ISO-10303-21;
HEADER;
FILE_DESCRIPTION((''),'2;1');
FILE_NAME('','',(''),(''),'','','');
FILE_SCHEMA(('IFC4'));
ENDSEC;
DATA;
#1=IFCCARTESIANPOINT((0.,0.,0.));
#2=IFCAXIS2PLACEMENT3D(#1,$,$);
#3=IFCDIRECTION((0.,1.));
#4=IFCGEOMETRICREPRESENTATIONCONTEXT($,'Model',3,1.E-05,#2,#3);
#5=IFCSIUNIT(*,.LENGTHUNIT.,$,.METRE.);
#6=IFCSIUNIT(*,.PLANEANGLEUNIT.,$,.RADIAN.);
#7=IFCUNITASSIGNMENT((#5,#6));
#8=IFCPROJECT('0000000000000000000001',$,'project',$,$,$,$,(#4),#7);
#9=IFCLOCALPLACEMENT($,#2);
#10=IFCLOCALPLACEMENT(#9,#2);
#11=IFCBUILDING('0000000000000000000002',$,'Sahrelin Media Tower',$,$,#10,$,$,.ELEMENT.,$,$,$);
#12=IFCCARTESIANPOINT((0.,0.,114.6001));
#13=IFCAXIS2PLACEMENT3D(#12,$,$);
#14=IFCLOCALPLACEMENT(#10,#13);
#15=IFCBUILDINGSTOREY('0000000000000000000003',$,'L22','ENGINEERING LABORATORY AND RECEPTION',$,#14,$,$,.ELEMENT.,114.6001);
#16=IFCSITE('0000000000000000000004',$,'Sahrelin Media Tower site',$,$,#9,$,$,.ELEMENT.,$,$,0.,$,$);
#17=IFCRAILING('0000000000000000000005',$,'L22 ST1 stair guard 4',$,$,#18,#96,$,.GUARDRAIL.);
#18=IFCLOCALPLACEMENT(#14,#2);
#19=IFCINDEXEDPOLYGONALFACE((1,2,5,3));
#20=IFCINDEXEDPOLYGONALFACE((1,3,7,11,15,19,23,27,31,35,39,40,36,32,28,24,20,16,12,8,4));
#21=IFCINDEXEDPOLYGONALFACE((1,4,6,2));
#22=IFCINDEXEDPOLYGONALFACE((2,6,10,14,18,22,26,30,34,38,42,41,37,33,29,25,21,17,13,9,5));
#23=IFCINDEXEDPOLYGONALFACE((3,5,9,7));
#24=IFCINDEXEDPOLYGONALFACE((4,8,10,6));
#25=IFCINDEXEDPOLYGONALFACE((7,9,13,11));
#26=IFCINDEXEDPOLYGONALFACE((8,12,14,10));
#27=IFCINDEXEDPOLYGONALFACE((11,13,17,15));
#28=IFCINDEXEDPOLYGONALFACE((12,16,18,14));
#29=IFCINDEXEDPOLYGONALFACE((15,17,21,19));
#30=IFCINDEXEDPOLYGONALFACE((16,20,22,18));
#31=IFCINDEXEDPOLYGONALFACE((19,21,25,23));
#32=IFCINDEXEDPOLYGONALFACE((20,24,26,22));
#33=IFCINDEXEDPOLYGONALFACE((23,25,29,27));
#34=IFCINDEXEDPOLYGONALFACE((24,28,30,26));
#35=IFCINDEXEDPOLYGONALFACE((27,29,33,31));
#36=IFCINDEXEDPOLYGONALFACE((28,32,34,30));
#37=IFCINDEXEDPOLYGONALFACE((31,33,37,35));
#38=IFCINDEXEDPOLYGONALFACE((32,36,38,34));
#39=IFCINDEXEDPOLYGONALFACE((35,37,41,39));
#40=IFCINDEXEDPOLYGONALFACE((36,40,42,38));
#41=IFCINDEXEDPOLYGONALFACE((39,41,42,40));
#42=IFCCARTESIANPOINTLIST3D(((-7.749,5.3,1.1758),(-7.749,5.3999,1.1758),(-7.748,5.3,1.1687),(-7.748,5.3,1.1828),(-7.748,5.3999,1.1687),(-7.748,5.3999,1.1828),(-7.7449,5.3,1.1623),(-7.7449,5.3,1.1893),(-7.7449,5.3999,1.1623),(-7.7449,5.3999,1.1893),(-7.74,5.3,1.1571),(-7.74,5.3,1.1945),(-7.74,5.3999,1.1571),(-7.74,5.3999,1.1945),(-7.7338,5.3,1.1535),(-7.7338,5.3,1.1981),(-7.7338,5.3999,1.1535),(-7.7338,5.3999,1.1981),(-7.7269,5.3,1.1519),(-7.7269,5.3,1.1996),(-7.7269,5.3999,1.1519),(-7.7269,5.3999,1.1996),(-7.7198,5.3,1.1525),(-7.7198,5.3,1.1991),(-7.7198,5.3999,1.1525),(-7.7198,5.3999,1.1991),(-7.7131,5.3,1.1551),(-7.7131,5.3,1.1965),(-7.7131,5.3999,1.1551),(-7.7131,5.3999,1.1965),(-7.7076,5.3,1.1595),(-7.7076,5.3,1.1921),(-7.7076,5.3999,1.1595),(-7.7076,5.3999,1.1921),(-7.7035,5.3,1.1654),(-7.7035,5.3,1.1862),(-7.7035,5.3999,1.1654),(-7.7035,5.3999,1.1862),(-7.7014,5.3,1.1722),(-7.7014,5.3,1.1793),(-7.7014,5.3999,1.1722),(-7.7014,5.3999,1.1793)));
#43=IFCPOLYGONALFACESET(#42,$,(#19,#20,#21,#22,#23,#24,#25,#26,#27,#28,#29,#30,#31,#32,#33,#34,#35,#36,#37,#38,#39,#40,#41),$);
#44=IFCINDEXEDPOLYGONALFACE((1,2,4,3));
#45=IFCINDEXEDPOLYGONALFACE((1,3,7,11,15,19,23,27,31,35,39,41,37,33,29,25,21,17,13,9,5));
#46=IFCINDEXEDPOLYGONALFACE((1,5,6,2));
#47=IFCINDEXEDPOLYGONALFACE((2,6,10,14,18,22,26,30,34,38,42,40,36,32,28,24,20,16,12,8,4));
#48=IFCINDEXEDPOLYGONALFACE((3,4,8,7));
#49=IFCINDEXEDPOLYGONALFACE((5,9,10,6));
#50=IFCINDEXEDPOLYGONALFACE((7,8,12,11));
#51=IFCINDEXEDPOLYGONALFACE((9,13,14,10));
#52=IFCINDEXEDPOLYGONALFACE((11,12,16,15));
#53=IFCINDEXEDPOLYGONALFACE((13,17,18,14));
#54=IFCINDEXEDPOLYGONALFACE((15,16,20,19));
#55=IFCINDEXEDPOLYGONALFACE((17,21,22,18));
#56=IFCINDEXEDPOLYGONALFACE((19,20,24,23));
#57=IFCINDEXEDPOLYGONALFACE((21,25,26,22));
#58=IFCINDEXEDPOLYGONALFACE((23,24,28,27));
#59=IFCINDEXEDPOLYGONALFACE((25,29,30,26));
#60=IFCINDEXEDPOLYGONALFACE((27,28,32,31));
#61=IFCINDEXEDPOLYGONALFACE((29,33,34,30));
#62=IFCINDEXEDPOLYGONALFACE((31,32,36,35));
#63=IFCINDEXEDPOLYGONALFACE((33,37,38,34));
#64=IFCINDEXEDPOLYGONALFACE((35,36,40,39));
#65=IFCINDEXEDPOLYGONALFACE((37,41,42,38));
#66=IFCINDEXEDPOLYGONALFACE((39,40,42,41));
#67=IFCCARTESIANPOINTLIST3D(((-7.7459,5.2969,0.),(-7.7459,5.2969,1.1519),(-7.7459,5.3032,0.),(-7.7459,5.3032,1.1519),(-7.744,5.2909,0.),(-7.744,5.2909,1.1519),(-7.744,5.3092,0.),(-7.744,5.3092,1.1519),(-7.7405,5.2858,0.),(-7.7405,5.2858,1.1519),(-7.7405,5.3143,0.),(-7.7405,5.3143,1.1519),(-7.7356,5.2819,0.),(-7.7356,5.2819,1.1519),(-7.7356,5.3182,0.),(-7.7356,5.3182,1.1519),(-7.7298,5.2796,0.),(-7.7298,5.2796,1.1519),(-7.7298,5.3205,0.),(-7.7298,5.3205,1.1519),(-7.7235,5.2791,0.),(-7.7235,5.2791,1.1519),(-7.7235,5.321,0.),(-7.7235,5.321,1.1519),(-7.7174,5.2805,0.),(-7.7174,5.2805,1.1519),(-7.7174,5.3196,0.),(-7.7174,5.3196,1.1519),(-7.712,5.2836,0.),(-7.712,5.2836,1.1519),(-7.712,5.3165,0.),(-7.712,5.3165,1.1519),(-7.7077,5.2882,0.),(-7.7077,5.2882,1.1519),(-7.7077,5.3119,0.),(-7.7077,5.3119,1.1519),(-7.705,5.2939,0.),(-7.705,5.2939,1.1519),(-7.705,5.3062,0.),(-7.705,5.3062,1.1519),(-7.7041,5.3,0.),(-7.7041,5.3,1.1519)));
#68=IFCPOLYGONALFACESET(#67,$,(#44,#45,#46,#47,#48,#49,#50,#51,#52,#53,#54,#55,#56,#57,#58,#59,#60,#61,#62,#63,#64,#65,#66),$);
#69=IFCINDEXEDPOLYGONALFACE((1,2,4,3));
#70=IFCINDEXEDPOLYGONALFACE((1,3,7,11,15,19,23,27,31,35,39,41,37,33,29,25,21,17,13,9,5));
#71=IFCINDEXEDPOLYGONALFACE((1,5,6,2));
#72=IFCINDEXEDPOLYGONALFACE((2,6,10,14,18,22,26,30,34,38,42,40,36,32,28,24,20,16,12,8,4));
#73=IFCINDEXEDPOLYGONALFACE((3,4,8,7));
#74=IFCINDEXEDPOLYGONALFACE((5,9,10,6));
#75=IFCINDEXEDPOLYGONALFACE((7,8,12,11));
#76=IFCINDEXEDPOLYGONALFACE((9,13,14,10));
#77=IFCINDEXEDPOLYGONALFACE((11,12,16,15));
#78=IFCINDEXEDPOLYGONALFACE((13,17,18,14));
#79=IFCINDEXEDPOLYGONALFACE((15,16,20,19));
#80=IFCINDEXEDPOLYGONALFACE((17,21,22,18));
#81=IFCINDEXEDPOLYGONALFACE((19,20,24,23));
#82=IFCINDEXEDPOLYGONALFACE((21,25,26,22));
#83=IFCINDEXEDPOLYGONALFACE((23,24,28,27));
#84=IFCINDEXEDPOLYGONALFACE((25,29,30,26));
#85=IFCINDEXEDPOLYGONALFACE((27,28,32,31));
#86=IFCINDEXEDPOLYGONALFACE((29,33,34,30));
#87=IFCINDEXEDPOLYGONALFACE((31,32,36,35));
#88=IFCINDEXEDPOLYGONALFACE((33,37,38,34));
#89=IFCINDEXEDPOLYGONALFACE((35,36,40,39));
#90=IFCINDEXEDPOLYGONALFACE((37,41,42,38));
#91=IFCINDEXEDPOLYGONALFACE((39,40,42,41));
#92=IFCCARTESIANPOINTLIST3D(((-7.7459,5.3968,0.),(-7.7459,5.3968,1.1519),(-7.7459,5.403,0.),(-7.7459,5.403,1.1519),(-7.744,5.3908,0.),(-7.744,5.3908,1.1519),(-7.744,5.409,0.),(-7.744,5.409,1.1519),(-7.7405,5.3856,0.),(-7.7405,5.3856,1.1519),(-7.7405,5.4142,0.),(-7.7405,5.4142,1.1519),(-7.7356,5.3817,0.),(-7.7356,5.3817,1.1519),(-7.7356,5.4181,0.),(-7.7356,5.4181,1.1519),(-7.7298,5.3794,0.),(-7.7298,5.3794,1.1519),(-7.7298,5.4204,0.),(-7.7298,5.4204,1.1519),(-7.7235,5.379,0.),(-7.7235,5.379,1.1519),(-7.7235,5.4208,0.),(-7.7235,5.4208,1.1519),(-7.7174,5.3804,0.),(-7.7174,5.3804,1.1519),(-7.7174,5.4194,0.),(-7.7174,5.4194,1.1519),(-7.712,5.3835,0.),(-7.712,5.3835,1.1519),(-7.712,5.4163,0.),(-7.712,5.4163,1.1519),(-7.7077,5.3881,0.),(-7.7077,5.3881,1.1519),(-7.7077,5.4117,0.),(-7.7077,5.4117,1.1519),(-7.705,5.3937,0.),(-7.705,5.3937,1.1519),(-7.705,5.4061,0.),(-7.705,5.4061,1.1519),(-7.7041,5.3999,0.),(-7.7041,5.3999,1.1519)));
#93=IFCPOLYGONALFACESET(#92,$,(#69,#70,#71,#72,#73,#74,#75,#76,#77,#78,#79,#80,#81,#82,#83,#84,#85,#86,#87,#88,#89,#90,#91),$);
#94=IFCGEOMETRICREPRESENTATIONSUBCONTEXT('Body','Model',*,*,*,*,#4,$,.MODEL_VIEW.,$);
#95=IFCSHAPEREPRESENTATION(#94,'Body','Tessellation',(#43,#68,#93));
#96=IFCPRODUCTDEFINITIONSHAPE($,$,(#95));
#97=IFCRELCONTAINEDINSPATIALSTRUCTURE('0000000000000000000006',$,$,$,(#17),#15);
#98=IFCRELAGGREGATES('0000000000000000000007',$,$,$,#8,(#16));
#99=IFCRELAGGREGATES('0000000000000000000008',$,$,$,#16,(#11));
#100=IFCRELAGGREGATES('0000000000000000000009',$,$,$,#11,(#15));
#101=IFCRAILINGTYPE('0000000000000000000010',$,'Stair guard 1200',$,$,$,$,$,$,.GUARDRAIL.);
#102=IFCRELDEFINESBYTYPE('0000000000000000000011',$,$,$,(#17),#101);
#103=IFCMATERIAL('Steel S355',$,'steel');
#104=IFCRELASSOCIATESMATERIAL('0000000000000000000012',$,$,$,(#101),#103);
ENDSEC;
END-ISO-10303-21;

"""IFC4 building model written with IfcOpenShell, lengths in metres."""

from ifc_helpers import new_model, si_unit, direction, frame, origin, origin_2d, place, context, subcontext, project, spatial, circle, extrude, material, type_object, element, save


model = new_model("IFC4")

# Units and contexts
model_context = context("Model", 3, precision=1e-05, world=origin(), true_north=direction((0.0, 1.0)))
body_context = subcontext(model_context, "Body", "Model", "MODEL_VIEW")
ifc_project = project(units=[si_unit("LENGTHUNIT", "METRE"), si_unit("PLANEANGLEUNIT", "RADIAN")], contexts=[model_context])

# Site, building, storey
site_placement = place(None, origin())
site = spatial("IfcSite", under=ifc_project, at=site_placement, Name="Sahrelin Media Tower site", CompositionType="ELEMENT", RefElevation=0.0)
building_placement = place(site_placement, origin())
building = spatial("IfcBuilding", under=site, at=building_placement, Name="Sahrelin Media Tower", CompositionType="ELEMENT")
storey_placement = place(building_placement, frame((0.0, 0.0, 114.6001)))
storey = spatial("IfcBuildingStorey", under=building, at=storey_placement, Name="L22", Description="ENGINEERING LABORATORY AND RECEPTION", CompositionType="ELEMENT", Elevation=114.6001)

# Shared definitions
ifc_material_1 = material(Name="Steel S355", Category="steel")

# Railing
railing_type_1 = type_object("IfcRailingType", Name="Stair guard 1200", PredefinedType="GUARDRAIL", material=ifc_material_1)
railing_1_placement = place(storey_placement, frame((-7.7251, 5.3, 0.0)))
element("IfcRailing", 1, at=railing_1_placement, inside=storey, type_object=railing_type_1, Name="L22 ST1 stair guard 4", PredefinedType="GUARDRAIL", context=body_context, shape_type="SweptSolid", body=[
    extrude(circle(Radius=0.0239, at=origin_2d()), frame((0.0, 0.0, 1.1758), z_axis=(0.0, 1.0, 0.0), x_axis=(-1.0, 0.0, 0.0)), (0.0, 0.0, 1.0), 0.0999),
    extrude(circle(Radius=0.021, at=origin_2d()), origin(), (0.0, 0.0, 1.0), 1.1519),
    extrude(circle(Radius=0.021, at=origin_2d()), frame((0.0, 0.0999, 0.0)), (0.0, 0.0, 1.0), 1.1519),
])

save(model, "model.ifc")
